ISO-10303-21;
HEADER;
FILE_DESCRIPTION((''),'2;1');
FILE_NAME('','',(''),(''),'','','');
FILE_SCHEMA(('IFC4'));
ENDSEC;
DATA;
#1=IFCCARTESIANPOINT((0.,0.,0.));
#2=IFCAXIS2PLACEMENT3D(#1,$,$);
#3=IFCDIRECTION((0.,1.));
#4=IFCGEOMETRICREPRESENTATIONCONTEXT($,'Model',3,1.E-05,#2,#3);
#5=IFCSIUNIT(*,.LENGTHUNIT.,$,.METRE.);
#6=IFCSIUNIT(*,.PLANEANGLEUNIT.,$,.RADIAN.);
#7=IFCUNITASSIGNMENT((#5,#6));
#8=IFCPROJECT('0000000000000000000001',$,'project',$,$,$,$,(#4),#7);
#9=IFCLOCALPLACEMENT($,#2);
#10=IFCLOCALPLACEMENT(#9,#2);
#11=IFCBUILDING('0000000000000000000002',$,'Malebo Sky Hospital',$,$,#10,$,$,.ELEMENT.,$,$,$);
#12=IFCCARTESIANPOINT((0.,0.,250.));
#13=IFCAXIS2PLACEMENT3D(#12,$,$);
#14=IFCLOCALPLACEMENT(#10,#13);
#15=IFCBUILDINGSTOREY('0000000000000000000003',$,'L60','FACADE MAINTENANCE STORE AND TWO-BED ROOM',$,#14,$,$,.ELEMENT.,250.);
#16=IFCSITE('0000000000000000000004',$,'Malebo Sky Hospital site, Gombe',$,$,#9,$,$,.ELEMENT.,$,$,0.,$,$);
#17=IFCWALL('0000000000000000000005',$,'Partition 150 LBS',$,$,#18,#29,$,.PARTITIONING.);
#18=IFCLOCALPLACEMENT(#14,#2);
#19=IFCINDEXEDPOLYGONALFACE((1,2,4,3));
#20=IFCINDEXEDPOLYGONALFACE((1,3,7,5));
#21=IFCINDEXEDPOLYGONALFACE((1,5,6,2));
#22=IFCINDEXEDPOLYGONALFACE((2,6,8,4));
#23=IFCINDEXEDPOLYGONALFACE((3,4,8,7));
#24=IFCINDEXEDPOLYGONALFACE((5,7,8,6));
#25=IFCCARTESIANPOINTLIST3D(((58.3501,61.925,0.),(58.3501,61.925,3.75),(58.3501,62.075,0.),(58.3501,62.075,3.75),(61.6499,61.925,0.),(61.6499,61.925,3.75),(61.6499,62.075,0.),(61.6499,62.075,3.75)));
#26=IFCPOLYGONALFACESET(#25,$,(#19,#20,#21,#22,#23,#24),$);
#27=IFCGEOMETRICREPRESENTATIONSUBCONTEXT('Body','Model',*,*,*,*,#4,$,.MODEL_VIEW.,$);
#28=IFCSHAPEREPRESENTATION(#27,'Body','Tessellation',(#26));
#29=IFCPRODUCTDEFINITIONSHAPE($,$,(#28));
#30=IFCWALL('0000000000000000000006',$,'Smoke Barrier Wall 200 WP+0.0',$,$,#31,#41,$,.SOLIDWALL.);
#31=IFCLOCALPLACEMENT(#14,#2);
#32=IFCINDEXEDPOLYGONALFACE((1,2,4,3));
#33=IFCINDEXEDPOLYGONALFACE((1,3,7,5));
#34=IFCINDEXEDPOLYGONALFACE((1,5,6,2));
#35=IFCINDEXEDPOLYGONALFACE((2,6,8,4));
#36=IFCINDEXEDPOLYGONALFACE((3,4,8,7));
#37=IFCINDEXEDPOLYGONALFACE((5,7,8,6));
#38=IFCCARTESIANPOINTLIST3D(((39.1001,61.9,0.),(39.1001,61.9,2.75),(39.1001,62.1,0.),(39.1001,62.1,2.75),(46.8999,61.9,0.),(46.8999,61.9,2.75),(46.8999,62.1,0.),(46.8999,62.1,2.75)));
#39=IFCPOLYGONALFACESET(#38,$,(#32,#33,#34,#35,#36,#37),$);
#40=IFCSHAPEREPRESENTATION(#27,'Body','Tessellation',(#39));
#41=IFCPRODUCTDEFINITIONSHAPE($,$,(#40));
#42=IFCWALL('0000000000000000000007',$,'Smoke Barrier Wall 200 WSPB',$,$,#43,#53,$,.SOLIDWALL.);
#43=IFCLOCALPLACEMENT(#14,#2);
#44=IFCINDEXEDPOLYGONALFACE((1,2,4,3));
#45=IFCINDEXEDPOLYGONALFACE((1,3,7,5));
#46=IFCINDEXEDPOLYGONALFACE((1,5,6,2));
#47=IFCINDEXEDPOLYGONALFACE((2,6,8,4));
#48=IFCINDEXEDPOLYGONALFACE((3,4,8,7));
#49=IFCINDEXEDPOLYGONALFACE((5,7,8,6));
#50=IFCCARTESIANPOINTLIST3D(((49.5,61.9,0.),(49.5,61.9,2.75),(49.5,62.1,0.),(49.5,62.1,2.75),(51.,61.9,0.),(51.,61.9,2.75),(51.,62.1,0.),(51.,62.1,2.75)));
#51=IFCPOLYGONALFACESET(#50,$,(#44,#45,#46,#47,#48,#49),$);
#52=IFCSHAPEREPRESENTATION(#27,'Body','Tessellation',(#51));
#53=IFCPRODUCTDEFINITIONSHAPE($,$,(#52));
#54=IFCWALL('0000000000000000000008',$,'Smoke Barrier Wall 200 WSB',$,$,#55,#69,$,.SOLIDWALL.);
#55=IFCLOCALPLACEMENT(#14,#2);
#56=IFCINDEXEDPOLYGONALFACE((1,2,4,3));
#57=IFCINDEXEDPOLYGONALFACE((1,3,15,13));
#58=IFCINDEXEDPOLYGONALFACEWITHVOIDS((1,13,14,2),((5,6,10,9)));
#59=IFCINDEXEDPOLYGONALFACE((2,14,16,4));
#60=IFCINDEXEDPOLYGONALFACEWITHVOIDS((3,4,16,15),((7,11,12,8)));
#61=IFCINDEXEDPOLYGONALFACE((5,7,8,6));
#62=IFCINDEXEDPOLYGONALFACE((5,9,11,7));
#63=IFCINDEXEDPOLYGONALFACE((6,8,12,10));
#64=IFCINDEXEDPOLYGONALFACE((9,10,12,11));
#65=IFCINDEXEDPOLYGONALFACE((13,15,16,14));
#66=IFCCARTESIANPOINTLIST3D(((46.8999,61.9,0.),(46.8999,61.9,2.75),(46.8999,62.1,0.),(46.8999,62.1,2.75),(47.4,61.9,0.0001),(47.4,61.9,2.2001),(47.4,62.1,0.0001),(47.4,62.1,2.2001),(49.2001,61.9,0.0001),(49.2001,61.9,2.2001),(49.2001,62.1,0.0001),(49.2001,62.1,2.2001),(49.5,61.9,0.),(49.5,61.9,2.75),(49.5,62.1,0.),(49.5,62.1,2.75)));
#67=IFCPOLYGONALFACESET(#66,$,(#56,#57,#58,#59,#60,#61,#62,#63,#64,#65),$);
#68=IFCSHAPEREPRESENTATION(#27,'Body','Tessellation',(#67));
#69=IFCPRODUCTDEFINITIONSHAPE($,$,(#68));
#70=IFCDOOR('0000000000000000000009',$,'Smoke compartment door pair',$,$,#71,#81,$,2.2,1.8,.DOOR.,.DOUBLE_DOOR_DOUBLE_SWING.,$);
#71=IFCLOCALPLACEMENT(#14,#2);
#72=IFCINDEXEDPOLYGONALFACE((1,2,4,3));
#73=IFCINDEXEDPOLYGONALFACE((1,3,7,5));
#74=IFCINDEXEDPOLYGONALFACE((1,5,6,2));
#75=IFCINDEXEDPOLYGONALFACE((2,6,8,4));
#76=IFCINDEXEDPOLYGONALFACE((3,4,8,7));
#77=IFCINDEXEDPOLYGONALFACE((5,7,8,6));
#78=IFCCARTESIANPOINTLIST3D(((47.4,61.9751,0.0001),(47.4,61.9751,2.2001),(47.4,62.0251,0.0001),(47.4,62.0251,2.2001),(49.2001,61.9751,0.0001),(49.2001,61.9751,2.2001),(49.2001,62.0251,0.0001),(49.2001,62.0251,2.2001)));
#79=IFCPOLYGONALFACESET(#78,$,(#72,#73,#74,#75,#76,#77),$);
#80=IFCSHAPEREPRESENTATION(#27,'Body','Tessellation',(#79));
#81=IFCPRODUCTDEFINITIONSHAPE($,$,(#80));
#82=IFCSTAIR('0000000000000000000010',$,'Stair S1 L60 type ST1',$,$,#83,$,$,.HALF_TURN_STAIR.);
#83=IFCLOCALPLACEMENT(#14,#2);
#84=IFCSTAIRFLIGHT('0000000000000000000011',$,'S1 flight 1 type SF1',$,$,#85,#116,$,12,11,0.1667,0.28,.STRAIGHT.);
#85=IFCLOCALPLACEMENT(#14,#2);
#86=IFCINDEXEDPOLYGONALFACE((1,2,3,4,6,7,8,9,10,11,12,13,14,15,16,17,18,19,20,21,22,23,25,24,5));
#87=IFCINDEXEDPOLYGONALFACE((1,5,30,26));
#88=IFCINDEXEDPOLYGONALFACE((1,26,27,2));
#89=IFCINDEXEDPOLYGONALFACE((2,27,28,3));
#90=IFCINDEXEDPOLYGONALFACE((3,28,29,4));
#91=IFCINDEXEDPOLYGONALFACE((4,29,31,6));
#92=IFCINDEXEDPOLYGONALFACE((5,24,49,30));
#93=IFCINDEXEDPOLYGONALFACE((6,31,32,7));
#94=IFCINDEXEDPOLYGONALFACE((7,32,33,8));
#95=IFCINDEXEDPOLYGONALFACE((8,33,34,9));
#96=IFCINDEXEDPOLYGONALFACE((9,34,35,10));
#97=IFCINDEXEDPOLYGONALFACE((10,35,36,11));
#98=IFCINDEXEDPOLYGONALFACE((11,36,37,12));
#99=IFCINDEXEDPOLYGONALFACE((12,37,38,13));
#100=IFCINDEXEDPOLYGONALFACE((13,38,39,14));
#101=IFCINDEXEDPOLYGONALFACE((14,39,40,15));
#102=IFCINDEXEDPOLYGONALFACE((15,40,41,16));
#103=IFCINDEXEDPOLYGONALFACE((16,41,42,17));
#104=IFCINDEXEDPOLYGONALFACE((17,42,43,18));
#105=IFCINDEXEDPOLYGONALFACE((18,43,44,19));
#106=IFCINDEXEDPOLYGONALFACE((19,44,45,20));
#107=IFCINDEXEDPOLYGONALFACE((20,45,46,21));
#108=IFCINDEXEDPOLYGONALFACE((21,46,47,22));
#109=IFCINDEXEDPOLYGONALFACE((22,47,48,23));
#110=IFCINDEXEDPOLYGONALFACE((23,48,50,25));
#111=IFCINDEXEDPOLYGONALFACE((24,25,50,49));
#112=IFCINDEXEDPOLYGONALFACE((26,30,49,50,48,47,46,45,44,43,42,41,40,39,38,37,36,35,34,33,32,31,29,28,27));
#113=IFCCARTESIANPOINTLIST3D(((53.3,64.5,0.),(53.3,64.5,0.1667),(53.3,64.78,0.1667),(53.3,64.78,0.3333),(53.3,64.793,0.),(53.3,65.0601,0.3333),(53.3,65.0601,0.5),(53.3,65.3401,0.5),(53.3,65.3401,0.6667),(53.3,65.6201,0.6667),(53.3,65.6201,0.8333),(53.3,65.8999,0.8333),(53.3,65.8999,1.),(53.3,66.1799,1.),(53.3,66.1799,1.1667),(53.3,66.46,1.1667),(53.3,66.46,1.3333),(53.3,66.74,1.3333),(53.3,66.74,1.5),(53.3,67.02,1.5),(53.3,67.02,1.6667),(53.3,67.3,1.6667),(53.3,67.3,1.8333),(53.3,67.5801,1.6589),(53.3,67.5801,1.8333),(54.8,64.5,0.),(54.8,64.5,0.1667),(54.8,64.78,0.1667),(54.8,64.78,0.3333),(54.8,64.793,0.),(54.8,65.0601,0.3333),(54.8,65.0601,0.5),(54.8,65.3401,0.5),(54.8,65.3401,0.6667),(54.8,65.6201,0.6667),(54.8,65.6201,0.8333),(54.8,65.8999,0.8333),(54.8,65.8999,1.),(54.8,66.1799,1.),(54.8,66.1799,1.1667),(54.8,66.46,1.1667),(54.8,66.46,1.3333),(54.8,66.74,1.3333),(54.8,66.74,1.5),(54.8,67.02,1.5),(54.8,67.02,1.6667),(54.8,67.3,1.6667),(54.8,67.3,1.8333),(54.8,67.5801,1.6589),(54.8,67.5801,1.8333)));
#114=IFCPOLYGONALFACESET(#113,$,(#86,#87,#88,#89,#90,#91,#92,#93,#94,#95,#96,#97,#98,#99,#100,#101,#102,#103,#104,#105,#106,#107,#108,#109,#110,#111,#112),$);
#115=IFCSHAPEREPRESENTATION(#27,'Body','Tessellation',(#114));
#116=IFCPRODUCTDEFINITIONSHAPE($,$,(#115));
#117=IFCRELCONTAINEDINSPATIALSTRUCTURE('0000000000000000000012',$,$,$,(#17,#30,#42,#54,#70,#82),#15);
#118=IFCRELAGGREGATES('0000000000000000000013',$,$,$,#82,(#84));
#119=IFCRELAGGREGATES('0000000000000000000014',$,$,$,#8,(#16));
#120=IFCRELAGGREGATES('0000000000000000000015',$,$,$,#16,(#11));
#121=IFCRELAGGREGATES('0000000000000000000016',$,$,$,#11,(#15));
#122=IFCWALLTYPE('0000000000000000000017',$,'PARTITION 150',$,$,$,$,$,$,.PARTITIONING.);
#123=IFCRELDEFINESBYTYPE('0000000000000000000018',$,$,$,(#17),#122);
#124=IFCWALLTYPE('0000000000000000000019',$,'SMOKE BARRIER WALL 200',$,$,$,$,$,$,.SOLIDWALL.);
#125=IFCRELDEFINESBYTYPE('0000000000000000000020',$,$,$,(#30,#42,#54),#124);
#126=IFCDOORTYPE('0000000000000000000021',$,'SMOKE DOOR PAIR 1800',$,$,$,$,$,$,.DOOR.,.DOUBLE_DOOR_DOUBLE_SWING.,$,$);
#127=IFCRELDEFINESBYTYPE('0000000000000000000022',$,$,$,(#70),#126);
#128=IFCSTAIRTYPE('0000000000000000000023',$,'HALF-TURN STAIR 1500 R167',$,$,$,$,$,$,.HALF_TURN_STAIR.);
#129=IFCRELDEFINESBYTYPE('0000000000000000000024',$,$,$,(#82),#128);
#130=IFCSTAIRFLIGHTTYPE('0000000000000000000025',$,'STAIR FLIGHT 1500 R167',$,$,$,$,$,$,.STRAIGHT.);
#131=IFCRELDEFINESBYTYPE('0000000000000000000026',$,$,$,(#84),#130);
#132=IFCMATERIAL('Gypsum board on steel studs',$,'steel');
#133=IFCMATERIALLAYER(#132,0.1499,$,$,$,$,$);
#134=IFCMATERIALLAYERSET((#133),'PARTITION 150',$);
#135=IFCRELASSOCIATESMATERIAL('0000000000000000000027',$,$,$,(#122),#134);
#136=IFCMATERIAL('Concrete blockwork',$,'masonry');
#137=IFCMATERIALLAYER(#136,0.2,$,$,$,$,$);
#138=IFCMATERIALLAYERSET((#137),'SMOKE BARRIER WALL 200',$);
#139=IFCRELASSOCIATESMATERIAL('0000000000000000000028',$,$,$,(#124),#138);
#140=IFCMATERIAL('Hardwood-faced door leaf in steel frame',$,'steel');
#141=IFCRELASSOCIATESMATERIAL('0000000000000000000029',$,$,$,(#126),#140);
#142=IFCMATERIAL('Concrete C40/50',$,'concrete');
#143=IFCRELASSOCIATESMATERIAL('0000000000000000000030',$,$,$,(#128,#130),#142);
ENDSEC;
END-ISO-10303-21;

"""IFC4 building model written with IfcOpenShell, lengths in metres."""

from ifc_helpers import new_model, si_unit, direction, frame, frame_2d, origin, place, context, subcontext, project, spatial, polyline, rectangle, outline, extrude, material, layer, layer_set, type_object, element, fill, aggregate, save


model = new_model("IFC4")

# Units and contexts
model_context = context("Model", 3, precision=1e-05, world=origin(), true_north=direction((0.0, 1.0)))
body_context = subcontext(model_context, "Body", "Model", "MODEL_VIEW")
ifc_project = project(units=[si_unit("LENGTHUNIT", "METRE"), si_unit("PLANEANGLEUNIT", "RADIAN")], contexts=[model_context])

# Site, building, storey
site_placement = place(None, origin())
site = spatial("IfcSite", under=ifc_project, at=site_placement, Name="Malebo Sky Hospital site, Gombe", CompositionType="ELEMENT", RefElevation=0.0)
building_placement = place(site_placement, origin())
building = spatial("IfcBuilding", under=site, at=building_placement, Name="Malebo Sky Hospital", CompositionType="ELEMENT")
storey_placement = place(building_placement, frame((0.0, 0.0, 250.0)))
storey = spatial("IfcBuildingStorey", under=building, at=storey_placement, Name="L60", Description="FACADE MAINTENANCE STORE AND TWO-BED ROOM", CompositionType="ELEMENT", Elevation=250.0)

# Shared definitions
ifc_material_1 = material(Name="Hardwood-faced door leaf in steel frame", Category="steel")

# Shared definitions
ifc_material_2 = material(Name="Gypsum board on steel studs", Category="steel")

# Walls
ifc_layer_1 = layer(ifc_material_2, 0.1499)
ifc_layer_set_1 = layer_set([ifc_layer_1], Name="PARTITION 150")
wall_type_1 = type_object("IfcWallType", Name="PARTITION 150", PredefinedType="PARTITIONING", material=ifc_layer_set_1)
wall_1_placement = place(storey_placement, frame((58.3501, 62.0, 0.0), z_axis=(0.0, 0.0, 1.0), x_axis=(1.0, 0.0, 0.0)))
element("IfcWall", 1, at=wall_1_placement, inside=storey, type_object=wall_type_1, Name="Partition 150 LBS", PredefinedType="PARTITIONING", context=body_context, shape_type="SweptSolid", body=[
    extrude(rectangle(XDim=3.2998, YDim=0.1499, at=frame_2d((1.6499, 0.0))), origin(), (0.0, 0.0, 1.0), 3.75),
])
ifc_material_3 = material(Name="Concrete blockwork", Category="masonry")
ifc_layer_2 = layer(ifc_material_3, 0.2)
ifc_layer_set_2 = layer_set([ifc_layer_2], Name="SMOKE BARRIER WALL 200")
wall_type_2 = type_object("IfcWallType", Name="SMOKE BARRIER WALL 200", PredefinedType="SOLIDWALL", material=ifc_layer_set_2)
wall_2_placement = place(storey_placement, frame((46.8999, 62.0, 0.0), z_axis=(0.0, 0.0, 1.0), x_axis=(-1.0, 0.0, 0.0)))
element("IfcWall", 2, at=wall_2_placement, inside=storey, type_object=wall_type_2, Name="Smoke Barrier Wall 200 WP+0.0", PredefinedType="SOLIDWALL", context=body_context, shape_type="SweptSolid", body=[
    extrude(rectangle(XDim=7.7998, YDim=0.2, at=frame_2d((3.8999, 0.0))), origin(), (0.0, 0.0, 1.0), 2.75),
])
wall_3_placement = place(storey_placement, frame((51.0, 62.0, 0.0), z_axis=(0.0, 0.0, 1.0), x_axis=(-1.0, 0.0, 0.0)))
element("IfcWall", 3, at=wall_3_placement, inside=storey, type_object=wall_type_2, Name="Smoke Barrier Wall 200 WSPB", PredefinedType="SOLIDWALL", context=body_context, shape_type="SweptSolid", body=[
    extrude(rectangle(XDim=1.5, YDim=0.2, at=frame_2d((0.75, 0.0))), origin(), (0.0, 0.0, 1.0), 2.75),
])

# Wall, opening, door
wall_4_placement = place(storey_placement, frame((49.5, 62.0, 0.0), z_axis=(0.0, 0.0, 1.0), x_axis=(-1.0, 0.0, 0.0)))
wall_4 = element("IfcWall", 4, at=wall_4_placement, inside=storey, type_object=wall_type_2, Name="Smoke Barrier Wall 200 WSB", PredefinedType="SOLIDWALL", context=body_context, shape_type="SweptSolid", body=[
    extrude(rectangle(XDim=2.6001, YDim=0.2, at=frame_2d((1.3, 0.0))), origin(), (0.0, 0.0, 1.0), 2.75),
])
opening_1_placement = place(wall_4_placement, frame((0.3, 0.0, 0.0)))
opening_1 = element("IfcOpeningElement", 5, at=opening_1_placement, cuts=wall_4, PredefinedType="OPENING", context=body_context, shape_type="SweptSolid", body=[
    extrude(rectangle(XDim=1.8, YDim=2.2, at=frame_2d((0.8999, 1.1001))), frame((0.0, 0.1099, 0.0), z_axis=(0.0, -1.0, 0.0), x_axis=(1.0, 0.0, 0.0)), (0.0, 0.0, 1.0), 0.22),
])
door_type_1 = type_object("IfcDoorType", Name="SMOKE DOOR PAIR 1800", OperationType="DOUBLE_DOOR_DOUBLE_SWING", PredefinedType="DOOR", material=ifc_material_1)
door_1_placement = place(opening_1_placement, origin())
door_1 = element("IfcDoor", 6, at=door_1_placement, inside=storey, type_object=door_type_1, Name="Smoke compartment door pair", OperationType="DOUBLE_DOOR_DOUBLE_SWING", OverallHeight=2.2, OverallWidth=1.8, PredefinedType="DOOR", context=body_context, shape_type="SweptSolid", body=[
    extrude(rectangle(XDim=1.8, YDim=2.2, at=frame_2d((0.8999, 1.1001))), frame((0.0, 0.0249, 0.0), z_axis=(0.0, -1.0, 0.0), x_axis=(1.0, 0.0, 0.0)), (0.0, 0.0, 1.0), 0.05),
])
fill(opening_1, door_1)

# Stair, stair flight
ifc_material_4 = material(Name="Concrete C40/50", Category="concrete")
stair_type = type_object("IfcStairType", Name="HALF-TURN STAIR 1500 R167", PredefinedType="HALF_TURN_STAIR", material=ifc_material_4)
stair_placement = place(storey_placement, origin())
stair = element("IfcStair", 7, at=stair_placement, inside=storey, type_object=stair_type, Name="Stair S1 L60 type ST1", PredefinedType="HALF_TURN_STAIR")
stair_flight_type = type_object("IfcStairFlightType", Name="STAIR FLIGHT 1500 R167", PredefinedType="STRAIGHT", material=ifc_material_4)
stair_flight_placement = place(storey_placement, frame((54.05, 64.5, 0.0), z_axis=(0.0, 0.0, 1.0), x_axis=(0.0, 1.0, 0.0)))
stair_flight = element("IfcStairFlight", 8, at=stair_flight_placement, type_object=stair_flight_type, Name="S1 flight 1 type SF1", NumberOfRisers=12, NumberOfTreads=11, PredefinedType="STRAIGHT", RiserHeight=0.1667, TreadLength=0.28, context=body_context, shape_type="SweptSolid", body=[
    extrude(outline(polyline([(0.0, 0.0), (0.0, 0.1667), (0.28, 0.1667), (0.28, 0.3333), (0.5601, 0.3333), (0.5601, 0.5), (0.8401, 0.5), (0.8401, 0.6667), (1.1201, 0.6667), (1.1201, 0.8333), (1.3999, 0.8333), (1.3999, 1.0), (1.6799, 1.0), (1.6799, 1.1667), (1.96, 1.1667), (1.96, 1.3333), (2.24, 1.3333), (2.24, 1.5), (2.52, 1.5), (2.52, 1.6667), (2.8, 1.6667), (2.8, 1.8333), (3.0801, 1.8333), (3.0801, 2.0), (3.0801, 1.6589), (0.293, 0.0), (0.0, 0.0)])), frame((0.0, 0.75, 0.0), z_axis=(0.0, -1.0, 0.0), x_axis=(1.0, 0.0, 0.0)), (0.0, 0.0, 1.0), 1.5),
])
aggregate(stair, [stair_flight])

save(model, "model.ifc")
